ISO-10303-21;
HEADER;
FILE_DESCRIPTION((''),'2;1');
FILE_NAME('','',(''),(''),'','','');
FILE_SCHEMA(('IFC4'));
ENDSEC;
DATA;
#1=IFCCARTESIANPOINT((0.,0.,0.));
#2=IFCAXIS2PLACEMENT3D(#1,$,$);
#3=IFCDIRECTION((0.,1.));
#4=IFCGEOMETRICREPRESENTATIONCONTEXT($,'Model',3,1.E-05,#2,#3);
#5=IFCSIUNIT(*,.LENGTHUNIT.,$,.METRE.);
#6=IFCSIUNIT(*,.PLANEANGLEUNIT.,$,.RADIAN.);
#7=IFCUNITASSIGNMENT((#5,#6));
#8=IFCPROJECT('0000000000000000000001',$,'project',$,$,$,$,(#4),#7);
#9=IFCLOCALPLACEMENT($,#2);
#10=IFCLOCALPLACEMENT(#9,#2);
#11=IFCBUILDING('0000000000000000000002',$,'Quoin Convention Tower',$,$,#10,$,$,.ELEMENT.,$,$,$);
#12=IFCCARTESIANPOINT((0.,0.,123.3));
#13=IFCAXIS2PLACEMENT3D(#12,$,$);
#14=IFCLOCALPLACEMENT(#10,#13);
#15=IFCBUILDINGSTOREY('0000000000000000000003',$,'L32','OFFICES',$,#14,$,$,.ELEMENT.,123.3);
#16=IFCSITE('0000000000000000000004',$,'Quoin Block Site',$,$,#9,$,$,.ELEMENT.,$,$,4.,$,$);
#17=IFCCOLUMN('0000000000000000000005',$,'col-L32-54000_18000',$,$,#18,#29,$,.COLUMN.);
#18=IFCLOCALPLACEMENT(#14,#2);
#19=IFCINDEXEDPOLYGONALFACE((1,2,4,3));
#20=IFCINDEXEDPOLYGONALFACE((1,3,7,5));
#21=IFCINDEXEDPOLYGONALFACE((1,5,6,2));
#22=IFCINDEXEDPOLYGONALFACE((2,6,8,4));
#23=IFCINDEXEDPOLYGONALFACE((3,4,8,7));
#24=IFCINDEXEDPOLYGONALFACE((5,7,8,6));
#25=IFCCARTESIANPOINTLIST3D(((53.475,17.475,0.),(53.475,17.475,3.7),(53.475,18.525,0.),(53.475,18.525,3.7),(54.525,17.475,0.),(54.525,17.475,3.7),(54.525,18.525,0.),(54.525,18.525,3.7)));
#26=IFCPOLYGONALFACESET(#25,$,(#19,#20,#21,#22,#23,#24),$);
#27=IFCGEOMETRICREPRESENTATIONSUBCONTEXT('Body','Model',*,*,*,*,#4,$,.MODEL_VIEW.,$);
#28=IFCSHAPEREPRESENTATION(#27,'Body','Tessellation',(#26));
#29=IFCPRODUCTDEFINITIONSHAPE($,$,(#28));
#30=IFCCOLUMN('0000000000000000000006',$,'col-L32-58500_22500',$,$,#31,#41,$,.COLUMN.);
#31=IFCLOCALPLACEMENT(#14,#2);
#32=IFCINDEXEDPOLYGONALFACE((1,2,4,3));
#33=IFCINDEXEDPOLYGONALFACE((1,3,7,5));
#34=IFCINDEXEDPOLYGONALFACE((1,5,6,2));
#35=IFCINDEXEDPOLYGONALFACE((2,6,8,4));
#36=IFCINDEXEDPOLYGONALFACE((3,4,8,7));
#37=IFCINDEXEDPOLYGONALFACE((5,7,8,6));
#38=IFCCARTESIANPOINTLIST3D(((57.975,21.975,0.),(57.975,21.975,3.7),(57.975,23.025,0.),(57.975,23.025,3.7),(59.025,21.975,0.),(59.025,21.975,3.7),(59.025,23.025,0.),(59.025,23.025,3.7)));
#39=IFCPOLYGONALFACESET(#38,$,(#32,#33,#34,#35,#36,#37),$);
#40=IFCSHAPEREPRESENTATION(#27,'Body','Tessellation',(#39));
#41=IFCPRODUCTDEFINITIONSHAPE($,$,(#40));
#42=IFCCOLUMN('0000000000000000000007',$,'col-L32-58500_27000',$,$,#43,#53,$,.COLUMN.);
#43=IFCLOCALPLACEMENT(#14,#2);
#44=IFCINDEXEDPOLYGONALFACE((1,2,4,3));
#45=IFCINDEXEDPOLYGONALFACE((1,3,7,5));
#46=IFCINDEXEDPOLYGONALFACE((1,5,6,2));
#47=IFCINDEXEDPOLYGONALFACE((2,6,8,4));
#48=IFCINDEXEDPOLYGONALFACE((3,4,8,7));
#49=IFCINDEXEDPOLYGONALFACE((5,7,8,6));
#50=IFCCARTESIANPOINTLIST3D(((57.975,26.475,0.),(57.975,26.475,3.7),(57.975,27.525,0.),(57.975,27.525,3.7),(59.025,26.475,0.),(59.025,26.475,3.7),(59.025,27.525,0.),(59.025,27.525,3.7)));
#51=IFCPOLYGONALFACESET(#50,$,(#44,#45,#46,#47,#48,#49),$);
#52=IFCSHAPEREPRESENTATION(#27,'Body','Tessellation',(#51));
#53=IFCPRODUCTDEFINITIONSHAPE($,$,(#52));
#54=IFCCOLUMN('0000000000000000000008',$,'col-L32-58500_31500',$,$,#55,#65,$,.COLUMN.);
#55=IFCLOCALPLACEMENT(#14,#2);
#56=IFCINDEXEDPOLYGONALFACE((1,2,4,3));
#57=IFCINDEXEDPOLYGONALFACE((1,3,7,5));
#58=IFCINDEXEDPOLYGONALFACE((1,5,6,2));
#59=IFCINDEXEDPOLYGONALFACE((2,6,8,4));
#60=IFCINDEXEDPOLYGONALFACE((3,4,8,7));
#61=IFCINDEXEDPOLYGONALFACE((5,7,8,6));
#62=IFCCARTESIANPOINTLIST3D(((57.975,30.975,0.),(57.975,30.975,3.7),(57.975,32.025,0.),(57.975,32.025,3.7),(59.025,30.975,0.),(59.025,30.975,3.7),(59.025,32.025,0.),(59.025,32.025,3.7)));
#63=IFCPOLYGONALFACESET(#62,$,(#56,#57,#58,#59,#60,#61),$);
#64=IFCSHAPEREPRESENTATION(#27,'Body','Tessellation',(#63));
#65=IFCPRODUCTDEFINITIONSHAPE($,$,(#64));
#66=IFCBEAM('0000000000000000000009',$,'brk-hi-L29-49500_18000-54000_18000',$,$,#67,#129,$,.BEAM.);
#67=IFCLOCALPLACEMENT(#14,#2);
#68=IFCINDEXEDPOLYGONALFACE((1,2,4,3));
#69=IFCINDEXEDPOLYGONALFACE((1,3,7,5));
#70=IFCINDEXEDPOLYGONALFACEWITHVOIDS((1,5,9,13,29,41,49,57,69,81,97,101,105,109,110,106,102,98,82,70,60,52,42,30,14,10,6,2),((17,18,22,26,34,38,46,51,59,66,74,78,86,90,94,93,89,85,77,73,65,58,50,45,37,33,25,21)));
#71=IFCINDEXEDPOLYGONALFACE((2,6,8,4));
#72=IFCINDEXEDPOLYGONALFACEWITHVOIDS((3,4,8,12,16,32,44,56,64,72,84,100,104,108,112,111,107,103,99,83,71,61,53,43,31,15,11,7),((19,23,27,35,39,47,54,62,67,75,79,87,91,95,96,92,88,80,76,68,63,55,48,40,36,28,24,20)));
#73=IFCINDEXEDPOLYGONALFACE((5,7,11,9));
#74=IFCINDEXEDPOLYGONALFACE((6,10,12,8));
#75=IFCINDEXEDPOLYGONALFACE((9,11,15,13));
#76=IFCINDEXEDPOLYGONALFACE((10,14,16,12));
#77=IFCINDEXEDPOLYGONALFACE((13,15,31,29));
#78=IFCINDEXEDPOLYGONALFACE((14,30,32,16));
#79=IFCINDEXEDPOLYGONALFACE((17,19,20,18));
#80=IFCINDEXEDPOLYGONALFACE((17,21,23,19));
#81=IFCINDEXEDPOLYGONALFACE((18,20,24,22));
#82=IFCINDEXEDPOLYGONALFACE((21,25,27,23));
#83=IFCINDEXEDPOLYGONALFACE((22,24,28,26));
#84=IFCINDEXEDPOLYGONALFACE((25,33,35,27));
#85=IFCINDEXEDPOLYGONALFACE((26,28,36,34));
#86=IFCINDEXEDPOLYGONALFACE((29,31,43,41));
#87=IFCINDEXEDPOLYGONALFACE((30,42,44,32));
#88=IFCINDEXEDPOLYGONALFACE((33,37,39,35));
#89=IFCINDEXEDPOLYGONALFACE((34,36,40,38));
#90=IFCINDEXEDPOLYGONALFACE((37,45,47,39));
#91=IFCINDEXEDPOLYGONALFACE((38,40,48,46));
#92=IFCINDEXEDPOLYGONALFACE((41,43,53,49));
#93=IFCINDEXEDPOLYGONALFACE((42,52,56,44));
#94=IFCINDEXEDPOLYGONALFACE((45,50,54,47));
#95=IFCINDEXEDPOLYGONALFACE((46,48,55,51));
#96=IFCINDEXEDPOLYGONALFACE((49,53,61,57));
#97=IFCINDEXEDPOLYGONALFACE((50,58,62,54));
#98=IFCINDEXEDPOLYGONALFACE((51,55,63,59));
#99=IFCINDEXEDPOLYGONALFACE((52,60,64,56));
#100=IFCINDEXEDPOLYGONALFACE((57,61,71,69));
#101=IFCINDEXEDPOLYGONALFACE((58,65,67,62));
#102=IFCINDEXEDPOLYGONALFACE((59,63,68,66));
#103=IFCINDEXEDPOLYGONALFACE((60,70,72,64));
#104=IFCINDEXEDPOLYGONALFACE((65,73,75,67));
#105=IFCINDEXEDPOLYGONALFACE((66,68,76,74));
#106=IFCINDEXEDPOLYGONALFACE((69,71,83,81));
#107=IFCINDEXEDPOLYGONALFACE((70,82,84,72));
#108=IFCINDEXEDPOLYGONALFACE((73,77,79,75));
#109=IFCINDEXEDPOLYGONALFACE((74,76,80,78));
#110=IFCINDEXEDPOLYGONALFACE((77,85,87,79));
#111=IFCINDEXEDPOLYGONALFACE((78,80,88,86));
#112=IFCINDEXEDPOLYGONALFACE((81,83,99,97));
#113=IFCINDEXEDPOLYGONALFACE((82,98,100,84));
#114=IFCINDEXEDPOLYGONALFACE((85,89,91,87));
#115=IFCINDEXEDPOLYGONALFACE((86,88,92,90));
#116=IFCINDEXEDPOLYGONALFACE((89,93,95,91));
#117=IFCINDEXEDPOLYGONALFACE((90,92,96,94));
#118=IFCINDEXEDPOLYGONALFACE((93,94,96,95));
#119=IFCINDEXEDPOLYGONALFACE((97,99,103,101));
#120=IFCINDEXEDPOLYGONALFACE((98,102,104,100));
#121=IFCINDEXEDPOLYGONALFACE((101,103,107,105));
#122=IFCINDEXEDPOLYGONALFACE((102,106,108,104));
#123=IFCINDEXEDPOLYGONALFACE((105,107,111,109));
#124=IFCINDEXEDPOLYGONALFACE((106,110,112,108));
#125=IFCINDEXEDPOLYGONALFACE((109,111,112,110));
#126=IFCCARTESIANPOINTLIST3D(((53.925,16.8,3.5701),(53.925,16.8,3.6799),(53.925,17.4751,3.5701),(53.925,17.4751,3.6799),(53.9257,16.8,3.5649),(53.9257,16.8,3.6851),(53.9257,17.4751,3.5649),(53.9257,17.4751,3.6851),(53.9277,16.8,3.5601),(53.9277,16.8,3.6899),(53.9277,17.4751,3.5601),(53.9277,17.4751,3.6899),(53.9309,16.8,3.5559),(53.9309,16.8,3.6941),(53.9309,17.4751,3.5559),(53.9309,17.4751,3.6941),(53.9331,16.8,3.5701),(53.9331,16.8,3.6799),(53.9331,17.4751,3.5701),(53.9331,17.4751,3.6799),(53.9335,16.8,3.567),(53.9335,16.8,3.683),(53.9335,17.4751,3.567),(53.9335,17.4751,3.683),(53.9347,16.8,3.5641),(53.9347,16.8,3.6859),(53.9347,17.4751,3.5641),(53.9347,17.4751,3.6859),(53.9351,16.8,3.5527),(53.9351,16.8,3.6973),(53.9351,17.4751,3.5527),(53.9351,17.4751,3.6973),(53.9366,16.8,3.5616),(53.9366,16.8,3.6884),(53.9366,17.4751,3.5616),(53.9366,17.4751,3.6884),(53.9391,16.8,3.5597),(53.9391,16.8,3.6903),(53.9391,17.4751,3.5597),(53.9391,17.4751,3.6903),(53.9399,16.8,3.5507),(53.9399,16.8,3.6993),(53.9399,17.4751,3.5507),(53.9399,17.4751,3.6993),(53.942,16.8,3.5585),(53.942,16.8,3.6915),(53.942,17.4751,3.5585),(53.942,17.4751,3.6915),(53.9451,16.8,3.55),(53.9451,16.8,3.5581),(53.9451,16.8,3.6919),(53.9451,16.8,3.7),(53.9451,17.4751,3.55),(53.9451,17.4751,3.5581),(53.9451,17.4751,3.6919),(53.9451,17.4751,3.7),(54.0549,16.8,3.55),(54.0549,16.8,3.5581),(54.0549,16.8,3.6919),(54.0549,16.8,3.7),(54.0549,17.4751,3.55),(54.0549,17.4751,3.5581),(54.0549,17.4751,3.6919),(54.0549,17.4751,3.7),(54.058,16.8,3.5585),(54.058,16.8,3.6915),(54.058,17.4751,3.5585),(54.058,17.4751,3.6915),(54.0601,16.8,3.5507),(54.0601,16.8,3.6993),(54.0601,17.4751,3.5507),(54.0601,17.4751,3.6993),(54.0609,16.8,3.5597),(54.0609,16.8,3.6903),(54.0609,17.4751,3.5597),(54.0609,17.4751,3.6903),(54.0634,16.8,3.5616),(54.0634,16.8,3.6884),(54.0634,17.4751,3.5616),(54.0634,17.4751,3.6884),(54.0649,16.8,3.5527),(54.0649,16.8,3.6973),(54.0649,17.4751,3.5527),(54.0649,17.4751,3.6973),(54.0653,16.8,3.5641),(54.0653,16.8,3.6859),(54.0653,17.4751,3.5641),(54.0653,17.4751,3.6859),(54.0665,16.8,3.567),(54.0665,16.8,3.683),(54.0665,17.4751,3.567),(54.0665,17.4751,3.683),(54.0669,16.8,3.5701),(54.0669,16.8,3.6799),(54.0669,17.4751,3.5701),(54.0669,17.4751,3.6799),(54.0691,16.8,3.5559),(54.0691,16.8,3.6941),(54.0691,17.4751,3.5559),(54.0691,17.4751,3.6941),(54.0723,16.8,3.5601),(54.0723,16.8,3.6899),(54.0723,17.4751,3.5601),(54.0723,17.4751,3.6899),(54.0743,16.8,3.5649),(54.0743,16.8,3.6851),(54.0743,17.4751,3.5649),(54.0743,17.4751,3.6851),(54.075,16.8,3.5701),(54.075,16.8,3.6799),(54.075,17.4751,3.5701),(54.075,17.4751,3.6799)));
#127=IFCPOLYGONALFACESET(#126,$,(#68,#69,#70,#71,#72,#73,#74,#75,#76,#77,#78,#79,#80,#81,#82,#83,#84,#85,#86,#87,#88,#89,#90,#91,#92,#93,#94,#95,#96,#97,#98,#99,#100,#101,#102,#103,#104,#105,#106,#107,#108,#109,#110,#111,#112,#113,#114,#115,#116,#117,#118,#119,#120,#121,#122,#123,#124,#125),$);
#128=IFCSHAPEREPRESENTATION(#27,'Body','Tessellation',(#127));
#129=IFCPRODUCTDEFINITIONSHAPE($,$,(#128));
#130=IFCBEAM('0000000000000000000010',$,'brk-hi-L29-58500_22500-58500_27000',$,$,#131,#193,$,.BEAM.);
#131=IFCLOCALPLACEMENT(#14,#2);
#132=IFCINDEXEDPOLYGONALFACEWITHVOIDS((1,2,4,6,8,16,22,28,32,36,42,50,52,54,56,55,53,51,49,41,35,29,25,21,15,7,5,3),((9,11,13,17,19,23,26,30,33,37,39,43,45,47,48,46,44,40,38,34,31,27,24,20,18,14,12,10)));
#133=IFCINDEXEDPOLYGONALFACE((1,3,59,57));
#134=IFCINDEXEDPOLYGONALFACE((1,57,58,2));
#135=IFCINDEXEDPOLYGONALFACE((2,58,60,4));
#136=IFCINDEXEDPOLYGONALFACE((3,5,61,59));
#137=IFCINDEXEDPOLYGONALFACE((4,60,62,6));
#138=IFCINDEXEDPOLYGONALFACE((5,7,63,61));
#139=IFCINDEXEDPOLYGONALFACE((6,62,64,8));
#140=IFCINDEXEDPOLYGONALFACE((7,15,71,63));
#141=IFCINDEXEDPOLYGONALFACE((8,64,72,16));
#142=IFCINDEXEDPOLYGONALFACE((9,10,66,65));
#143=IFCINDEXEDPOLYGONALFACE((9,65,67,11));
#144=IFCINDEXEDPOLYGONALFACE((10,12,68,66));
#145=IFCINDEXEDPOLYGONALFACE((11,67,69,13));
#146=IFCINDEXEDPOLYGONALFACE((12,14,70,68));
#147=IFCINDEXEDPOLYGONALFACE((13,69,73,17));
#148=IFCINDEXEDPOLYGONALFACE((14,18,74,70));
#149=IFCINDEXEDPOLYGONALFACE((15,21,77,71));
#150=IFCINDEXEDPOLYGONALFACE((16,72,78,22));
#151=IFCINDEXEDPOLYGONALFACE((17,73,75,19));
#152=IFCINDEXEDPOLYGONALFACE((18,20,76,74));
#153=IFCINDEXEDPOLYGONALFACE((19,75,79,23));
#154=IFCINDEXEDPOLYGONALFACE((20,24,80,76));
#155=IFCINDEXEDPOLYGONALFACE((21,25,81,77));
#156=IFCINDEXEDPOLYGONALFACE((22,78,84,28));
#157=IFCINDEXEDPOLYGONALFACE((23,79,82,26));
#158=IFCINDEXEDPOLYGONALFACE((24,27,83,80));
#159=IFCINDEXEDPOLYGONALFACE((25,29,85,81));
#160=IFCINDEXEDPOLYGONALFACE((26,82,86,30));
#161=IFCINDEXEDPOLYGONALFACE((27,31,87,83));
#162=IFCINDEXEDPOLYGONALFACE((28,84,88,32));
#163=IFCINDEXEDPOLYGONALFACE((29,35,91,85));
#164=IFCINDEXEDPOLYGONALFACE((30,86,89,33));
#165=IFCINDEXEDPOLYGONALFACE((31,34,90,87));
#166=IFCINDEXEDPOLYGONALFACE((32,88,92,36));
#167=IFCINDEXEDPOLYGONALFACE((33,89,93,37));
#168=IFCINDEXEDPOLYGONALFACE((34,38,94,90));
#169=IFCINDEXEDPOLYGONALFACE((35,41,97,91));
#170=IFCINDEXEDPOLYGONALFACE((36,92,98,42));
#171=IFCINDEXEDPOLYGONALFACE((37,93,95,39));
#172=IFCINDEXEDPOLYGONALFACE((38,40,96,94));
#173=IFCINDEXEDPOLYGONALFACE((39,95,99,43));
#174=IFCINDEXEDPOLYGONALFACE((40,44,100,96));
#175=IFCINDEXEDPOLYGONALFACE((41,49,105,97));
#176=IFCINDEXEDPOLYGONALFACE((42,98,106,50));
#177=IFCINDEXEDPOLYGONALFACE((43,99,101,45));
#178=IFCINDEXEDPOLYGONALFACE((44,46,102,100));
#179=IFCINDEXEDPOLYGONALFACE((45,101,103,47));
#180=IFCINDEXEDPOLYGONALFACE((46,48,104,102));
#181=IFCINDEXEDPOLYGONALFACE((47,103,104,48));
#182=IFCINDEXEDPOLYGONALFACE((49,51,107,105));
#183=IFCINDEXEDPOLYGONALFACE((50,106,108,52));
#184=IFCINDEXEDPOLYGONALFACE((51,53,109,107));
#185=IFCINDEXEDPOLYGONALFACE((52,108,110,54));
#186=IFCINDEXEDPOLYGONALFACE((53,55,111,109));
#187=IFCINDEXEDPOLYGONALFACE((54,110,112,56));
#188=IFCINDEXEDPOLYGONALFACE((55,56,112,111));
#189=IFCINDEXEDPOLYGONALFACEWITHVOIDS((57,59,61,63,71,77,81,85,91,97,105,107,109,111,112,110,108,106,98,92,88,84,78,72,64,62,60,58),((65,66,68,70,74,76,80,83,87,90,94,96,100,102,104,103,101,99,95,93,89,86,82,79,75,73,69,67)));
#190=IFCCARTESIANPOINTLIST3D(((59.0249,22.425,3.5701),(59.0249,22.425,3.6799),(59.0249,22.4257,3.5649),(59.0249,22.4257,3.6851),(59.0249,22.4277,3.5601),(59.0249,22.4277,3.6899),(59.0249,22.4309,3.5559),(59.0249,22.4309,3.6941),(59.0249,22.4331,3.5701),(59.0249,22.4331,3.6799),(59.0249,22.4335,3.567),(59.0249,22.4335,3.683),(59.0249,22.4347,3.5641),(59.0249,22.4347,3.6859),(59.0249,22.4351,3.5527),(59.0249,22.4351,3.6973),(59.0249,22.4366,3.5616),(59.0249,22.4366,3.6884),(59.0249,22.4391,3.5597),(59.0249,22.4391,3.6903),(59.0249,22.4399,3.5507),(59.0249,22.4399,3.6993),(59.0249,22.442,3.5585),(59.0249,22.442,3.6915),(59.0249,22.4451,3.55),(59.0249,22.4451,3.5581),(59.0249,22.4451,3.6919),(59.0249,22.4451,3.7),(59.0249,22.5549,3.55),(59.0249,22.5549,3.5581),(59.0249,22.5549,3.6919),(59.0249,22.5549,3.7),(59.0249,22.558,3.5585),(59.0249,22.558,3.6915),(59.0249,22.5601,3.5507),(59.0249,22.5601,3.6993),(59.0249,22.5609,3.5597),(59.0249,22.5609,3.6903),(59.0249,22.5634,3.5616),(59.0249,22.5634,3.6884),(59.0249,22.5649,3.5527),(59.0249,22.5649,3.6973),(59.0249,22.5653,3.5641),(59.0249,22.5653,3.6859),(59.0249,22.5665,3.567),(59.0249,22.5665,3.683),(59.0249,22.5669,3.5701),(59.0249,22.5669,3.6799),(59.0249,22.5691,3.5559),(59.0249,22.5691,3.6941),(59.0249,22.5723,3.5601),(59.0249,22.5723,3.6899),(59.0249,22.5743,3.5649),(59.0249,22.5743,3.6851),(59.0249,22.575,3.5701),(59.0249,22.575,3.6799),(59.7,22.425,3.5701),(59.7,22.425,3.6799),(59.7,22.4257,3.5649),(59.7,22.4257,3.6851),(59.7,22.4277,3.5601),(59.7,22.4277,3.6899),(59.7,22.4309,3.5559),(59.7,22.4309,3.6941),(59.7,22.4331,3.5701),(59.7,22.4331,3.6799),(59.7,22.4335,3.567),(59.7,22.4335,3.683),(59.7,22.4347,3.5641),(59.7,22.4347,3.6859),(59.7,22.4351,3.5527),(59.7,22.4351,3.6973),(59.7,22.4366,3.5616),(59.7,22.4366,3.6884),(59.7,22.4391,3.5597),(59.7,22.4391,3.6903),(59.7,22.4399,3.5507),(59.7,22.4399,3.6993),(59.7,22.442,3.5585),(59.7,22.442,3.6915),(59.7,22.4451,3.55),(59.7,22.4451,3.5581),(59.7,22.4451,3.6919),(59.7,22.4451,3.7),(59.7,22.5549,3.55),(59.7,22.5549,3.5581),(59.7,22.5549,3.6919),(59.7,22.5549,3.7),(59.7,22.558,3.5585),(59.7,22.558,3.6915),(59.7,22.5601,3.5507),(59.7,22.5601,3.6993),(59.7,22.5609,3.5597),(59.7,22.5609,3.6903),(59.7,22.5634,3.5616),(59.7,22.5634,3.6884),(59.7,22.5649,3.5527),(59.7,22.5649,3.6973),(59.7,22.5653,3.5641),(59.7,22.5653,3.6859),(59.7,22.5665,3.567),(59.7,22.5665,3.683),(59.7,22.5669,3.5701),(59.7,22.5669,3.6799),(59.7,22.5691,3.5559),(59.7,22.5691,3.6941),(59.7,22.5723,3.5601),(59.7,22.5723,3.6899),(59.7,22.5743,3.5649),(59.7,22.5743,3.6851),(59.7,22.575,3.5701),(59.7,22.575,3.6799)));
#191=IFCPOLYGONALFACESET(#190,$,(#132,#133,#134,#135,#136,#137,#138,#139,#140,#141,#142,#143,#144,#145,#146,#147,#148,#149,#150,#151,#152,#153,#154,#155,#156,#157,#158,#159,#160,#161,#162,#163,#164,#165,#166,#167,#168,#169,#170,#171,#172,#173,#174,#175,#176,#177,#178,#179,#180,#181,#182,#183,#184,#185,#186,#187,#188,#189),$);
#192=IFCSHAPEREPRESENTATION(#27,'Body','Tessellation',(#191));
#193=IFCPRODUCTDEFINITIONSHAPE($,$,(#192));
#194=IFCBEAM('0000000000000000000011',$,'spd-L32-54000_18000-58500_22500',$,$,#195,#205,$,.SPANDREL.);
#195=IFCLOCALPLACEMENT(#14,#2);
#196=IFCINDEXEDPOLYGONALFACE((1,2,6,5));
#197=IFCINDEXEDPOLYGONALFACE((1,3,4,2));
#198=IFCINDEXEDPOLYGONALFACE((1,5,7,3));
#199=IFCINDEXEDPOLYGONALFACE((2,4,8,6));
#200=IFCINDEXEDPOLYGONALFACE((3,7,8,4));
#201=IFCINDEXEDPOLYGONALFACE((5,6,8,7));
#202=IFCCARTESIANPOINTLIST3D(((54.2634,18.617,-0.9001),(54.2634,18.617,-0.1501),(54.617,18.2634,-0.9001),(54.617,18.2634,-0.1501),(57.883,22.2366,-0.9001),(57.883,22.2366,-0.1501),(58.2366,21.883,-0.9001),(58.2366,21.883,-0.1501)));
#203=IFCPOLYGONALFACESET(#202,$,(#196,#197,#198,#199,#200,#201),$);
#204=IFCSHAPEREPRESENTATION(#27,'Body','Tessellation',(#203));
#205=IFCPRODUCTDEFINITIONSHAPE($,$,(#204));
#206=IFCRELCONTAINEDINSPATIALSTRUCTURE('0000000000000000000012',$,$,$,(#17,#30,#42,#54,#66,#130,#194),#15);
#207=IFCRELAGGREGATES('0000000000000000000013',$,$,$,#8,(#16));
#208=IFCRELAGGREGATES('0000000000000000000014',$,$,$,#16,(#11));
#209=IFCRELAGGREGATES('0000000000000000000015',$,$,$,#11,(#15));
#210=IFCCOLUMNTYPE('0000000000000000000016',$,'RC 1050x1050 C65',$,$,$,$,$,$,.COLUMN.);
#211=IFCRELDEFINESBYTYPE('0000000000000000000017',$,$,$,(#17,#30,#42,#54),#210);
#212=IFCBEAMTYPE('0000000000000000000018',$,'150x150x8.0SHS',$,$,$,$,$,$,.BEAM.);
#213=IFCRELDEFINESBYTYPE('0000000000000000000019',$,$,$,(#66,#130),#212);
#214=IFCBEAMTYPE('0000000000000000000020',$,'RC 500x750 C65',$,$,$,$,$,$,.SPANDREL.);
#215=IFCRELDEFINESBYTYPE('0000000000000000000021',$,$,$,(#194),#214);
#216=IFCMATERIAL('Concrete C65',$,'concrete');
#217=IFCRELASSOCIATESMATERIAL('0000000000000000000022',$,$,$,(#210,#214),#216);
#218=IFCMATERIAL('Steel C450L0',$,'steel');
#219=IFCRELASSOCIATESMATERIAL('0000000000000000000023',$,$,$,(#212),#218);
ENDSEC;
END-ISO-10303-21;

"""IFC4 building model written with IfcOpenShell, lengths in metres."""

from ifc_helpers import new_model, si_unit, direction, frame, origin, origin_2d, place, context, subcontext, project, spatial, rectangle, hollow_rectangle, extrude, material, material_profile, profile_set, type_object, element, save


model = new_model("IFC4")

# Units and contexts
model_context = context("Model", 3, precision=1e-05, world=origin(), true_north=direction((0.0, 1.0)))
body_context = subcontext(model_context, "Body", "Model", "MODEL_VIEW")
ifc_project = project(units=[si_unit("LENGTHUNIT", "METRE"), si_unit("PLANEANGLEUNIT", "RADIAN")], contexts=[model_context])

# Site, building, storey
site_placement = place(None, origin())
site = spatial("IfcSite", under=ifc_project, at=site_placement, Name="Quoin Block Site", CompositionType="ELEMENT", RefElevation=4.0)
building_placement = place(site_placement, origin())
building = spatial("IfcBuilding", under=site, at=building_placement, Name="Quoin Convention Tower", CompositionType="ELEMENT")
storey_placement = place(building_placement, frame((0.0, 0.0, 123.3)))
storey = spatial("IfcBuildingStorey", under=building, at=storey_placement, Name="L32", Description="OFFICES", CompositionType="ELEMENT", Elevation=123.3)

# Columns
ifc_material_1 = material(Name="Concrete C65", Category="concrete")
ifc_material_profile_1 = material_profile(ifc_material_1, rectangle(XDim=1.05, YDim=1.05, at=origin_2d()), Name="RC 1050x1050")
ifc_profile_set_1 = profile_set([ifc_material_profile_1], Name="Concrete C65")
column_type = type_object("IfcColumnType", Name="RC 1050x1050 C65", PredefinedType="COLUMN", material=ifc_profile_set_1)
for number, where, z_axis, x_axis, name in (
    (1, (54.0, 18.0, 0.0), (0.0, 0.0, 1.0), (1.0, 0.0, 0.0), "col-L32-54000_18000"),
    (2, (58.5, 22.5, 0.0), (0.0, 0.0, 1.0), (1.0, 0.0, 0.0), "col-L32-58500_22500"),
    (3, (58.5, 27.0, 0.0), (0.0, 0.0, 1.0), (1.0, 0.0, 0.0), "col-L32-58500_27000"),
    (4, (58.5, 31.5, 0.0), (0.0, 0.0, 1.0), (1.0, 0.0, 0.0), "col-L32-58500_31500"),
):
    element("IfcColumn", number, at=place(storey_placement, frame(where, z_axis=z_axis, x_axis=x_axis)), inside=storey, type_object=column_type, Name=name, PredefinedType="COLUMN", context=body_context, shape_type="SweptSolid", body=[
        extrude(rectangle(XDim=1.05, YDim=1.05, at=origin_2d()), origin(), (0.0, 0.0, 1.0), 3.7),
    ])

# Beams
ifc_material_2 = material(Name="Steel C450L0", Category="steel")
ifc_material_profile_2 = material_profile(ifc_material_2, hollow_rectangle(XDim=0.1499, YDim=0.1499, WallThickness=0.0081, InnerFilletRadius=0.012, OuterFilletRadius=0.02, at=origin_2d()), Name="150x150x8.0SHS")
ifc_profile_set_2 = profile_set([ifc_material_profile_2], Name="Steel C450L0")
beam_type_1 = type_object("IfcBeamType", Name="150x150x8.0SHS", PredefinedType="BEAM", material=ifc_profile_set_2)
for number, where, z_axis, x_axis, name in (
    (5, (54.0, 17.4751, 3.625), (0.0, -1.0, 0.0), (1.0, 0.0, 0.0), "brk-hi-L29-49500_18000-54000_18000"),
    (6, (59.0249, 22.5, 3.625), (1.0, 0.0, 0.0), (0.0, 1.0, 0.0), "brk-hi-L29-58500_22500-58500_27000"),
):
    element("IfcBeam", number, at=place(storey_placement, frame(where, z_axis=z_axis, x_axis=x_axis)), inside=storey, type_object=beam_type_1, Name=name, PredefinedType="BEAM", context=body_context, shape_type="SweptSolid", body=[
        extrude(hollow_rectangle(XDim=0.1499, YDim=0.1499, WallThickness=0.0081, InnerFilletRadius=0.012, OuterFilletRadius=0.02, at=origin_2d()), origin(), (0.0, 0.0, 1.0), 0.675),
    ])
ifc_material_profile_3 = material_profile(ifc_material_1, rectangle(XDim=0.5, YDim=0.75, at=origin_2d()), Name="RC 500x750")
ifc_profile_set_3 = profile_set([ifc_material_profile_3], Name="Concrete C65")
beam_type_2 = type_object("IfcBeamType", Name="RC 500x750 C65", PredefinedType="SPANDREL", material=ifc_profile_set_3)
beam_placement = place(storey_placement, frame((54.4402, 18.4402, -0.5251), z_axis=(0.707107, 0.707107, 0.0), x_axis=(-0.707107, 0.707107, 0.0)))
element("IfcBeam", 7, at=beam_placement, inside=storey, type_object=beam_type_2, Name="spd-L32-54000_18000-58500_22500", PredefinedType="SPANDREL", context=body_context, shape_type="SweptSolid", body=[
    extrude(rectangle(XDim=0.5, YDim=0.75, at=origin_2d()), origin(), (0.0, 0.0, 1.0), 5.1189),
])

save(model, "model.ifc")
